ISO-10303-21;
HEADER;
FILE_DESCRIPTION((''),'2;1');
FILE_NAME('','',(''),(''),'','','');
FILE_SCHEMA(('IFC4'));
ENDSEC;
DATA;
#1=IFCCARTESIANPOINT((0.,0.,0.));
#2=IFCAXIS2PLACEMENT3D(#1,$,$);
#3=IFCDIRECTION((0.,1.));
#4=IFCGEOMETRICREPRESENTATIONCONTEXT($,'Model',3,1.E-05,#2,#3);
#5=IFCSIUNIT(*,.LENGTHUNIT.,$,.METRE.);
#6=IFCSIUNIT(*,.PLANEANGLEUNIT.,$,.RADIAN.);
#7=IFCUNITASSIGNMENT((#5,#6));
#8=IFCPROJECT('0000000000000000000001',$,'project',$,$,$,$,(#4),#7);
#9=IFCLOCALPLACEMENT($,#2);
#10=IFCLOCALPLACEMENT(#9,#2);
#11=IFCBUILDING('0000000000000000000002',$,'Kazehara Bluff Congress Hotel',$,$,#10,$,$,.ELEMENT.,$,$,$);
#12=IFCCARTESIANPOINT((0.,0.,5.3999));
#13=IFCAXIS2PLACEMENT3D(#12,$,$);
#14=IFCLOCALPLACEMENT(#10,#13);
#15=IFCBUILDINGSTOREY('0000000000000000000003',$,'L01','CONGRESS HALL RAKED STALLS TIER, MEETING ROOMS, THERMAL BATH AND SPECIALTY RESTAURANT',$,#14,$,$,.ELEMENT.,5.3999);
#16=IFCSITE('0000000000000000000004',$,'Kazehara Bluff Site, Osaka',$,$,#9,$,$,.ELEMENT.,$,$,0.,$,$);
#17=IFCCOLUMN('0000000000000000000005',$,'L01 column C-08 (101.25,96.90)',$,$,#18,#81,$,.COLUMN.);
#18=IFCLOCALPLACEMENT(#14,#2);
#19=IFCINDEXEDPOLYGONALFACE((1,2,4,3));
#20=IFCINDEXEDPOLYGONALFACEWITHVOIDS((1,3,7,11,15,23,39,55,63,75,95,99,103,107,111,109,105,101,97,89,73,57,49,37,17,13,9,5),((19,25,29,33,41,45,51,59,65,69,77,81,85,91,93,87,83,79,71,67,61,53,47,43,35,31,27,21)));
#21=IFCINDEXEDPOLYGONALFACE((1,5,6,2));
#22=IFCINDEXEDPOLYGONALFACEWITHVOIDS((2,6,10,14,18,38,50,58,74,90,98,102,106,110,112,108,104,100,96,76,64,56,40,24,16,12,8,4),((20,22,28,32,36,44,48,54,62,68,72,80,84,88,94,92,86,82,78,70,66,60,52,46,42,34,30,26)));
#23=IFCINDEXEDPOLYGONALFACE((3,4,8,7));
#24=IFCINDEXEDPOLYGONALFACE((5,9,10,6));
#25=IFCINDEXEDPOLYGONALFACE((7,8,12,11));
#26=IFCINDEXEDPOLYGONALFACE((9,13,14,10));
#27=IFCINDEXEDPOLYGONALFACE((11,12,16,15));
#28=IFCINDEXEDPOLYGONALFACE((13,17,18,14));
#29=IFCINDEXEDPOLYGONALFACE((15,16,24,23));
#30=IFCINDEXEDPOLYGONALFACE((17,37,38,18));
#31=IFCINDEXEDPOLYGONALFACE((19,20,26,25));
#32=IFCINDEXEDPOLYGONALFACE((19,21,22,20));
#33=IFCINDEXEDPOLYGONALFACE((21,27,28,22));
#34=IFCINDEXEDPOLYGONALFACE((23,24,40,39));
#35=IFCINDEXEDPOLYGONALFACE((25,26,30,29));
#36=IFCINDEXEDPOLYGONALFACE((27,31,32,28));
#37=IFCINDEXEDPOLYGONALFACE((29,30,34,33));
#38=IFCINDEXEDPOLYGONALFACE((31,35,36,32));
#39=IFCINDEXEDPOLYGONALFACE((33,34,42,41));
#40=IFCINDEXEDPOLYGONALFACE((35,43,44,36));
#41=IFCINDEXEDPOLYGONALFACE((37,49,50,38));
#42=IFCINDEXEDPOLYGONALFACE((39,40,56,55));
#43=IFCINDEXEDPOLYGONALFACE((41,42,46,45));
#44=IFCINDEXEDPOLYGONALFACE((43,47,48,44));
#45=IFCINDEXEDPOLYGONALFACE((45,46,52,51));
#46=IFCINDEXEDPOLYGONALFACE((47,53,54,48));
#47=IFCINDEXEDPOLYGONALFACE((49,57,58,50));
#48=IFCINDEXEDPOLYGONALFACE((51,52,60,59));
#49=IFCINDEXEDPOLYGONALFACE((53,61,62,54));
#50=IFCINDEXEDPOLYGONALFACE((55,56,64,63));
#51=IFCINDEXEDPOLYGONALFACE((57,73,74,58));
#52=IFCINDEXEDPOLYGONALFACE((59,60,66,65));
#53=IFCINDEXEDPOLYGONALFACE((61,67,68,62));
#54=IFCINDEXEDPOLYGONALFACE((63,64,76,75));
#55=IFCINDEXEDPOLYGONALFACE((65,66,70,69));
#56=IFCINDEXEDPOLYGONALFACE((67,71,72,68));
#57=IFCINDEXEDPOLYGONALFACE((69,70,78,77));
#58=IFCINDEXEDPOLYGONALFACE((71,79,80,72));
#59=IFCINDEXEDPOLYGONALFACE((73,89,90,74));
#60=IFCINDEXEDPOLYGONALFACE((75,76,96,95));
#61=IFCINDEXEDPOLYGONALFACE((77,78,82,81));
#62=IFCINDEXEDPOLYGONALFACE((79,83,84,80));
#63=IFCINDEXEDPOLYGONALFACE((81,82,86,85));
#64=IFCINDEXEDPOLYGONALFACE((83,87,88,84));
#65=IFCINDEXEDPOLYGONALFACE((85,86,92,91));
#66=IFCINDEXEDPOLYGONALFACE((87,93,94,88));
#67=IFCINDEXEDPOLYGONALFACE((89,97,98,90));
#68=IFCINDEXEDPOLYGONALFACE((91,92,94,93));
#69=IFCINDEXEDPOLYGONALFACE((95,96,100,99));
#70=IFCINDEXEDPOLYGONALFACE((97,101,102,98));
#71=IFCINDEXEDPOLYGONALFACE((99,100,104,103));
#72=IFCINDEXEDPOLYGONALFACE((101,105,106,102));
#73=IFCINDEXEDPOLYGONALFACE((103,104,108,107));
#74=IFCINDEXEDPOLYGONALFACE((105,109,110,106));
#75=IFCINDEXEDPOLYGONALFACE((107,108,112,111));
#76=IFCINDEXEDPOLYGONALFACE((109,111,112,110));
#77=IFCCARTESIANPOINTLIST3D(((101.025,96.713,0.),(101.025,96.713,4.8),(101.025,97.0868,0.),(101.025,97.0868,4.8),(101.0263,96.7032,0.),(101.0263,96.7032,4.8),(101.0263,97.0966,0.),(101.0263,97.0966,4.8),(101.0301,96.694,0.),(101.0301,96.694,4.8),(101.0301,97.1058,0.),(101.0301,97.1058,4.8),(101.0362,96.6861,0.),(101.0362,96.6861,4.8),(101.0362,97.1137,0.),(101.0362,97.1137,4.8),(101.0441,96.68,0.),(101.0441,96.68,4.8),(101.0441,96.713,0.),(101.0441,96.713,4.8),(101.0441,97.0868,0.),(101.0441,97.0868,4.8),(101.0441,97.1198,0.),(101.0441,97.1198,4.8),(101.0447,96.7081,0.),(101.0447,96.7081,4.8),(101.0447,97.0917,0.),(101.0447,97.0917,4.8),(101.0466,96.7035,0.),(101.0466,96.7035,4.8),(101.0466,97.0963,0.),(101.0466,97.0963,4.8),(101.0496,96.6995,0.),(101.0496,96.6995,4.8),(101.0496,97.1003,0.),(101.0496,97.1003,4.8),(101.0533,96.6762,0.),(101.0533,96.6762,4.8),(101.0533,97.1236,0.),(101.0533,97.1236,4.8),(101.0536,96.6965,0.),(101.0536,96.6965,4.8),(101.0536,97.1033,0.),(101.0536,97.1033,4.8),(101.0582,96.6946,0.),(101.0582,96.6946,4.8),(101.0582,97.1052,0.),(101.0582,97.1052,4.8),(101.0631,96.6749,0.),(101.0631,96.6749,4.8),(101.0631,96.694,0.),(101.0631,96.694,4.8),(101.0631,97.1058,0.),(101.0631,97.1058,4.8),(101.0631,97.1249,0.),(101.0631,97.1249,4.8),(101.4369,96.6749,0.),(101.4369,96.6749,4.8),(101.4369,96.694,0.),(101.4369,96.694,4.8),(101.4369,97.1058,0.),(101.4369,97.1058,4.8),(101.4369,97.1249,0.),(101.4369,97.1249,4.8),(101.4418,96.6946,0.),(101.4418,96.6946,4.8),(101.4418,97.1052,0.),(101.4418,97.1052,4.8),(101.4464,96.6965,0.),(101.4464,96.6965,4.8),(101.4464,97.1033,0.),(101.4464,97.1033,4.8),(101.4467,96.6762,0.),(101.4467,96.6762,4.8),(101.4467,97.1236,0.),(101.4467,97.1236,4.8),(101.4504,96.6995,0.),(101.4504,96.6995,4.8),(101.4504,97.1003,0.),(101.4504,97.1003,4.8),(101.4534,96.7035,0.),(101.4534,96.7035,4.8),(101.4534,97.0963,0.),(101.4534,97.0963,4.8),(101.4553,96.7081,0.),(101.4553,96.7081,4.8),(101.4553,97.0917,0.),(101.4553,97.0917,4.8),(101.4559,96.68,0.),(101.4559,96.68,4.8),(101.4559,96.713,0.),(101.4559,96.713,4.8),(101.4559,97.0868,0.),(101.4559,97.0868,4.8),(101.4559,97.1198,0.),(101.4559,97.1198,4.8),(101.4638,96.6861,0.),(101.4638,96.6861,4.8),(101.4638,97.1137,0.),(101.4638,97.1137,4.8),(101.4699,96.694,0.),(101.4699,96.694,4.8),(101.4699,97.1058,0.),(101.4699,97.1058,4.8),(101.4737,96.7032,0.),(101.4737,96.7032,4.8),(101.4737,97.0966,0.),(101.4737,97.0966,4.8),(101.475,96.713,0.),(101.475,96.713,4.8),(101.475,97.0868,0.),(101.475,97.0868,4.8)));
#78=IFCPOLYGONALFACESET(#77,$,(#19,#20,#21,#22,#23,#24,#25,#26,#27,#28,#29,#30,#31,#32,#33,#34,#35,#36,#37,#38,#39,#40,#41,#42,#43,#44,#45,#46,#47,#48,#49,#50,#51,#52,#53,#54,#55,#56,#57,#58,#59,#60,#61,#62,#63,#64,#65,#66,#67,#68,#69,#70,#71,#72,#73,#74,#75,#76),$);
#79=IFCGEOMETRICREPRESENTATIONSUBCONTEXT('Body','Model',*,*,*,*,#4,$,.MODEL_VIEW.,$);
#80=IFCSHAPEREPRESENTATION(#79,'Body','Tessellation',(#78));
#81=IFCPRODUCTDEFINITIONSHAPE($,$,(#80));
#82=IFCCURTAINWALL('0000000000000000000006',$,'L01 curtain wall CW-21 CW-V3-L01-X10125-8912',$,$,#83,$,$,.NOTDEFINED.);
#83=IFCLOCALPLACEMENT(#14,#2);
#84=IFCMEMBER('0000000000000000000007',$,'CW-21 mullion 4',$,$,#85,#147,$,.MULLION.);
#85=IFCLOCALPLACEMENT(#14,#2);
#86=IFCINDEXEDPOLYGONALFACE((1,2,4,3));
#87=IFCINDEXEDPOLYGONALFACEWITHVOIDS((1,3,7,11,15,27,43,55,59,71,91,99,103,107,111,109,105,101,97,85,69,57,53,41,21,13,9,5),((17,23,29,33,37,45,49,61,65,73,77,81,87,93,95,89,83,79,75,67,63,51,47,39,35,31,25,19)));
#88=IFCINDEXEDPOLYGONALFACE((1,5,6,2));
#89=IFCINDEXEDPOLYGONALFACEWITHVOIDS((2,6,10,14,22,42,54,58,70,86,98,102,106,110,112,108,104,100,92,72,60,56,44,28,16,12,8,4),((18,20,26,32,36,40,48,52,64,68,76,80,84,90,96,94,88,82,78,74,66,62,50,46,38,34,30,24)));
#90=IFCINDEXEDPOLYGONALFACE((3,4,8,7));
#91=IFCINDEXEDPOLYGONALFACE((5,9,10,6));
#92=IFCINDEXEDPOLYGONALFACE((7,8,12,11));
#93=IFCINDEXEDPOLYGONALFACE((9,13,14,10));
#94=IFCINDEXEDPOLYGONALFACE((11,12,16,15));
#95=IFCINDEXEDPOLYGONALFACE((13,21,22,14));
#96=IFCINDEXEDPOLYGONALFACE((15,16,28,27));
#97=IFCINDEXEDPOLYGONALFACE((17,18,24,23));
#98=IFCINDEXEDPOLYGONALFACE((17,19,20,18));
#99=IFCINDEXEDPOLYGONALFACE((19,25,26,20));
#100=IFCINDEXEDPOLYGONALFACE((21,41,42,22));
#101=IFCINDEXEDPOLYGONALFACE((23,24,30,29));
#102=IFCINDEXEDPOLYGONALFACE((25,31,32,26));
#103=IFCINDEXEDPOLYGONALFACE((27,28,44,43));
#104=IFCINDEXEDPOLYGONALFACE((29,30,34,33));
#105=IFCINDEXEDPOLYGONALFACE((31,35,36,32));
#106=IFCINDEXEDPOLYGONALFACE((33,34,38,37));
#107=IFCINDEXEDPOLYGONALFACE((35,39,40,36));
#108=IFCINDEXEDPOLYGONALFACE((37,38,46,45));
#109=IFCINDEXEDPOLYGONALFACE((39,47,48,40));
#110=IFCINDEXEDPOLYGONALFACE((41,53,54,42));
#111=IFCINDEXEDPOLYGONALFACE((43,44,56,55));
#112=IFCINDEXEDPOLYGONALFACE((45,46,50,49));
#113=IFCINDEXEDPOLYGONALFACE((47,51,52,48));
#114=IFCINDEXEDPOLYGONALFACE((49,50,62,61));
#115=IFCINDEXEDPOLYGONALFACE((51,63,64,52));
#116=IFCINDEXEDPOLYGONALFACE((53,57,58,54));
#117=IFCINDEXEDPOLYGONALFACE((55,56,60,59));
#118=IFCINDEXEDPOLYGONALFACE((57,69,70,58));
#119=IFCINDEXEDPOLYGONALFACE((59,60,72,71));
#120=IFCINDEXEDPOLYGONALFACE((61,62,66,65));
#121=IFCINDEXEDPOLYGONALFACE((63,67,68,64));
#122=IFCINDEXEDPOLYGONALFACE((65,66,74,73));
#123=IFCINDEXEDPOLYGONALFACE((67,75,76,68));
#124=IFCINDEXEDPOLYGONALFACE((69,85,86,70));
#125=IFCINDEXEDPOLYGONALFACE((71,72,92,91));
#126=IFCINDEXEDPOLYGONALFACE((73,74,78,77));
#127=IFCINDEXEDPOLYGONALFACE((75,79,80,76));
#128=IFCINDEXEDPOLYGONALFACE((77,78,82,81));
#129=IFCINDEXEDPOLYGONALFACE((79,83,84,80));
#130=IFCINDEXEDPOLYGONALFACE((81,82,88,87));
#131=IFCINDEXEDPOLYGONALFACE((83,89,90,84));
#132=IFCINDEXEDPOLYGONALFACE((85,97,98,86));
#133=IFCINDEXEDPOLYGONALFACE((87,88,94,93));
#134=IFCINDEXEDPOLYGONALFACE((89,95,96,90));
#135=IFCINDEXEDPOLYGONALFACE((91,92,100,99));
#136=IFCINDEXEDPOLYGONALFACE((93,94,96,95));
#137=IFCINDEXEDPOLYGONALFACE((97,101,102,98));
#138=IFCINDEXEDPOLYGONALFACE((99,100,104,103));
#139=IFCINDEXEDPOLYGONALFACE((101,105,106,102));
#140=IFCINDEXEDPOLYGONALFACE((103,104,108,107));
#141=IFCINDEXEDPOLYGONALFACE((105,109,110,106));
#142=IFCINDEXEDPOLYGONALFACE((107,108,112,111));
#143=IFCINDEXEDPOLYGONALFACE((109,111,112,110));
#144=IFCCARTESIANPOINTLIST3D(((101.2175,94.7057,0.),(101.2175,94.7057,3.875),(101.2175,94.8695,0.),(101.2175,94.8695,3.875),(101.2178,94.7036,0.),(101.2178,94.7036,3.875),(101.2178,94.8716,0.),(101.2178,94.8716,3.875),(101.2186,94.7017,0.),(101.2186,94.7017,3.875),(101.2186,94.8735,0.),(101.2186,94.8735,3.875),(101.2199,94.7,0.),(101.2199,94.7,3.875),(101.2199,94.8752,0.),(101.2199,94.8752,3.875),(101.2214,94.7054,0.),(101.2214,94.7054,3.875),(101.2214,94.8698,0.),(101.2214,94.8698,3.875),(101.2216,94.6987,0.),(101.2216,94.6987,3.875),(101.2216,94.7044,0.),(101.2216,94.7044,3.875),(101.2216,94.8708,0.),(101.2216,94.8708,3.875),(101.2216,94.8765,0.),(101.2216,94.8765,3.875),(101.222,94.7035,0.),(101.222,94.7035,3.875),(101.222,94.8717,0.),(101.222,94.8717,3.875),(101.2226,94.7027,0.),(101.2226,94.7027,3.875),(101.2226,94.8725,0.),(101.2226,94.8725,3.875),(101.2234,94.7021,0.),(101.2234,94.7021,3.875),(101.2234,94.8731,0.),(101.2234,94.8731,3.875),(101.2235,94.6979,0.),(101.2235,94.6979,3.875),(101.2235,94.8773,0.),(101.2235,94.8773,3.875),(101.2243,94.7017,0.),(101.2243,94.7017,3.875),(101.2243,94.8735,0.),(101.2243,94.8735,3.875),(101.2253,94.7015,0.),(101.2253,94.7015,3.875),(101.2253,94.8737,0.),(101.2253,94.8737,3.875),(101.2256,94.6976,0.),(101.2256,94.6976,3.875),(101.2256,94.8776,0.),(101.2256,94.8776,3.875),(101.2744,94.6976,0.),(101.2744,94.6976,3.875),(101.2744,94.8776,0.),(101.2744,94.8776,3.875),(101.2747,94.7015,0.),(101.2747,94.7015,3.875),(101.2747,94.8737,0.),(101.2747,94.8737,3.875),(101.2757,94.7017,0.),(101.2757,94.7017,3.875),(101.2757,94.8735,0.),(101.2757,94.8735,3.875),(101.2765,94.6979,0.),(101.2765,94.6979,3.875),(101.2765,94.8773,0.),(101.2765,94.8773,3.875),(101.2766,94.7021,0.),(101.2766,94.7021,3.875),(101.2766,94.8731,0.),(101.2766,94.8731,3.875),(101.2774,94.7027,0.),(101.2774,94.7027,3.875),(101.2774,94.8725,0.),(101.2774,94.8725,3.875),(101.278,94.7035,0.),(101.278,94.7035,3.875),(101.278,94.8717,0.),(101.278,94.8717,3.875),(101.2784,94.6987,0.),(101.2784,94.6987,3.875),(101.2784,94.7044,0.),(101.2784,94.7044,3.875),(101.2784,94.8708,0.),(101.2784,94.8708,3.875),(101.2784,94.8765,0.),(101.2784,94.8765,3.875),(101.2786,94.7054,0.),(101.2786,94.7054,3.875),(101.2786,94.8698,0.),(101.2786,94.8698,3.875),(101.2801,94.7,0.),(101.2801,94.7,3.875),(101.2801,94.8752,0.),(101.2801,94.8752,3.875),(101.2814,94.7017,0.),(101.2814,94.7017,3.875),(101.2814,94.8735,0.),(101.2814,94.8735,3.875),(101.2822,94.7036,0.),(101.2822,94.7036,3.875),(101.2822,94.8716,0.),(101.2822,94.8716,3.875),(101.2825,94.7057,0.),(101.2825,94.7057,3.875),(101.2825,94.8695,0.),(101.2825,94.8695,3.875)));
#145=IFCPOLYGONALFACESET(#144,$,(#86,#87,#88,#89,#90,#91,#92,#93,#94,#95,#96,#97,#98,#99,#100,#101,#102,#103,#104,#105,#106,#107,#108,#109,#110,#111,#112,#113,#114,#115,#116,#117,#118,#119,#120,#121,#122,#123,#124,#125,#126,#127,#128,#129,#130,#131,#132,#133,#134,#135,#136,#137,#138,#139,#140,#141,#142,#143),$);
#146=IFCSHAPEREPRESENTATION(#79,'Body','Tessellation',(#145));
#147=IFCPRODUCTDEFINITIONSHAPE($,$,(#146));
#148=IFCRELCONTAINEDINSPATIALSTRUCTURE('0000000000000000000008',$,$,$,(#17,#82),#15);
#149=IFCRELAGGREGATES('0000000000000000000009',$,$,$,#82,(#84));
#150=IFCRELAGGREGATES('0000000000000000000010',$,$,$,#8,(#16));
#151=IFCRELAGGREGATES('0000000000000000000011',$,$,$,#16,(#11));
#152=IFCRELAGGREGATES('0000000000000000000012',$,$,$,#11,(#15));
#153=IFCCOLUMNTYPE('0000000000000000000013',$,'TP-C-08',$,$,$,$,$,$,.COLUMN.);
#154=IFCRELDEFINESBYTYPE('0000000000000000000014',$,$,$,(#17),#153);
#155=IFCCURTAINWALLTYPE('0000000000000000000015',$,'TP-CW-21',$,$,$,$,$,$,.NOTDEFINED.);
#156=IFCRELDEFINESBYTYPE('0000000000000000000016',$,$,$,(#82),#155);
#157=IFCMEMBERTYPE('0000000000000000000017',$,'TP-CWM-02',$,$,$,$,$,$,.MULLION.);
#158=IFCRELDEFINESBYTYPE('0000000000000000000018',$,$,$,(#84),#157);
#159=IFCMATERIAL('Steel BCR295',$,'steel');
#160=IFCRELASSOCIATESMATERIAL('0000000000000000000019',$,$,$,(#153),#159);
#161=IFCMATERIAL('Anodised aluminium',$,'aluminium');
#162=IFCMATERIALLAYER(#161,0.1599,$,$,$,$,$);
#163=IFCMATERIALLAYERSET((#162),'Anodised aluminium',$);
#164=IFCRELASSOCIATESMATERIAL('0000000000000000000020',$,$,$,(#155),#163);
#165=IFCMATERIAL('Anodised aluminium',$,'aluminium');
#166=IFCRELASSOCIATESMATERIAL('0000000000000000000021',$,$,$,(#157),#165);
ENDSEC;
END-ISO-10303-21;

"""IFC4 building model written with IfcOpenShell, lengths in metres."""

from ifc_helpers import new_model, si_unit, direction, frame, origin, origin_2d, place, context, subcontext, project, spatial, hollow_rectangle, extrude, material, layer, layer_set, material_profile, profile_set, type_object, element, aggregate, save


model = new_model("IFC4")

# Units and contexts
model_context = context("Model", 3, precision=1e-05, world=origin(), true_north=direction((0.0, 1.0)))
body_context = subcontext(model_context, "Body", "Model", "MODEL_VIEW")
ifc_project = project(units=[si_unit("LENGTHUNIT", "METRE"), si_unit("PLANEANGLEUNIT", "RADIAN")], contexts=[model_context])

# Site, building, storey
site_placement = place(None, origin())
site = spatial("IfcSite", under=ifc_project, at=site_placement, Name="Kazehara Bluff Site, Osaka", CompositionType="ELEMENT", RefElevation=0.0)
building_placement = place(site_placement, origin())
building = spatial("IfcBuilding", under=site, at=building_placement, Name="Kazehara Bluff Congress Hotel", CompositionType="ELEMENT")
storey_placement = place(building_placement, frame((0.0, 0.0, 5.3999)))
storey = spatial("IfcBuildingStorey", under=building, at=storey_placement, Name="L01", Description="CONGRESS HALL RAKED STALLS TIER, MEETING ROOMS, THERMAL BATH AND SPECIALTY RESTAURANT", CompositionType="ELEMENT", Elevation=5.3999)

# Column
ifc_material_1 = material(Name="Steel BCR295", Category="steel")
ifc_material_profile_1 = material_profile(ifc_material_1, hollow_rectangle(XDim=0.45, YDim=0.45, WallThickness=0.019, InnerFilletRadius=0.019, OuterFilletRadius=0.0381, at=origin_2d()))
ifc_profile_set_1 = profile_set([ifc_material_profile_1], Name="Steel BCR295")
column_type = type_object("IfcColumnType", Name="TP-C-08", PredefinedType="COLUMN", material=ifc_profile_set_1)
column_placement = place(storey_placement, frame((101.25, 96.8999, 0.0), z_axis=(0.0, 0.0, 1.0), x_axis=(1.0, 0.0, 0.0)))
element("IfcColumn", 1, at=column_placement, inside=storey, type_object=column_type, Name="L01 column C-08 (101.25,96.90)", PredefinedType="COLUMN", context=body_context, shape_type="SweptSolid", body=[
    extrude(hollow_rectangle(XDim=0.45, YDim=0.45, WallThickness=0.019, InnerFilletRadius=0.019, OuterFilletRadius=0.0381, at=origin_2d()), origin(), (0.0, 0.0, 1.0), 4.8),
])

# Curtain wall, member
ifc_material_2 = material(Name="Anodised aluminium", Category="aluminium")
ifc_layer_1 = layer(ifc_material_2, 0.1599)
ifc_layer_set_1 = layer_set([ifc_layer_1], Name="Anodised aluminium")
curtain_wall_type_1 = type_object("IfcCurtainWallType", Name="TP-CW-21", PredefinedType="NOTDEFINED", material=ifc_layer_set_1)
curtain_wall_1_placement = place(storey_placement, origin())
curtain_wall_1 = element("IfcCurtainWall", 2, at=curtain_wall_1_placement, inside=storey, type_object=curtain_wall_type_1, Name="L01 curtain wall CW-21 CW-V3-L01-X10125-8912", PredefinedType="NOTDEFINED")
ifc_material_3 = material(Name="Anodised aluminium", Category="aluminium")
ifc_material_profile_2 = material_profile(ifc_material_3, hollow_rectangle(XDim=0.0649, YDim=0.1799, WallThickness=0.0039, InnerFilletRadius=0.0039, OuterFilletRadius=0.0081, at=origin_2d()))
ifc_profile_set_2 = profile_set([ifc_material_profile_2], Name="Anodised aluminium")
member_type_1 = type_object("IfcMemberType", Name="TP-CWM-02", PredefinedType="MULLION", material=ifc_profile_set_2)
member_1_placement = place(storey_placement, frame((101.25, 94.7876, 0.0), z_axis=(0.0, 0.0, 1.0), x_axis=(-1.0, 0.0, 0.0)))
member_1 = element("IfcMember", 3, at=member_1_placement, type_object=member_type_1, Name="CW-21 mullion 4", PredefinedType="MULLION", context=body_context, shape_type="SweptSolid", body=[
    extrude(hollow_rectangle(XDim=0.0649, YDim=0.1799, WallThickness=0.0039, InnerFilletRadius=0.0039, OuterFilletRadius=0.0081, at=origin_2d()), origin(), (0.0, 0.0, 1.0), 3.875),
])

aggregate(curtain_wall_1, [member_1])

save(model, "model.ifc")
